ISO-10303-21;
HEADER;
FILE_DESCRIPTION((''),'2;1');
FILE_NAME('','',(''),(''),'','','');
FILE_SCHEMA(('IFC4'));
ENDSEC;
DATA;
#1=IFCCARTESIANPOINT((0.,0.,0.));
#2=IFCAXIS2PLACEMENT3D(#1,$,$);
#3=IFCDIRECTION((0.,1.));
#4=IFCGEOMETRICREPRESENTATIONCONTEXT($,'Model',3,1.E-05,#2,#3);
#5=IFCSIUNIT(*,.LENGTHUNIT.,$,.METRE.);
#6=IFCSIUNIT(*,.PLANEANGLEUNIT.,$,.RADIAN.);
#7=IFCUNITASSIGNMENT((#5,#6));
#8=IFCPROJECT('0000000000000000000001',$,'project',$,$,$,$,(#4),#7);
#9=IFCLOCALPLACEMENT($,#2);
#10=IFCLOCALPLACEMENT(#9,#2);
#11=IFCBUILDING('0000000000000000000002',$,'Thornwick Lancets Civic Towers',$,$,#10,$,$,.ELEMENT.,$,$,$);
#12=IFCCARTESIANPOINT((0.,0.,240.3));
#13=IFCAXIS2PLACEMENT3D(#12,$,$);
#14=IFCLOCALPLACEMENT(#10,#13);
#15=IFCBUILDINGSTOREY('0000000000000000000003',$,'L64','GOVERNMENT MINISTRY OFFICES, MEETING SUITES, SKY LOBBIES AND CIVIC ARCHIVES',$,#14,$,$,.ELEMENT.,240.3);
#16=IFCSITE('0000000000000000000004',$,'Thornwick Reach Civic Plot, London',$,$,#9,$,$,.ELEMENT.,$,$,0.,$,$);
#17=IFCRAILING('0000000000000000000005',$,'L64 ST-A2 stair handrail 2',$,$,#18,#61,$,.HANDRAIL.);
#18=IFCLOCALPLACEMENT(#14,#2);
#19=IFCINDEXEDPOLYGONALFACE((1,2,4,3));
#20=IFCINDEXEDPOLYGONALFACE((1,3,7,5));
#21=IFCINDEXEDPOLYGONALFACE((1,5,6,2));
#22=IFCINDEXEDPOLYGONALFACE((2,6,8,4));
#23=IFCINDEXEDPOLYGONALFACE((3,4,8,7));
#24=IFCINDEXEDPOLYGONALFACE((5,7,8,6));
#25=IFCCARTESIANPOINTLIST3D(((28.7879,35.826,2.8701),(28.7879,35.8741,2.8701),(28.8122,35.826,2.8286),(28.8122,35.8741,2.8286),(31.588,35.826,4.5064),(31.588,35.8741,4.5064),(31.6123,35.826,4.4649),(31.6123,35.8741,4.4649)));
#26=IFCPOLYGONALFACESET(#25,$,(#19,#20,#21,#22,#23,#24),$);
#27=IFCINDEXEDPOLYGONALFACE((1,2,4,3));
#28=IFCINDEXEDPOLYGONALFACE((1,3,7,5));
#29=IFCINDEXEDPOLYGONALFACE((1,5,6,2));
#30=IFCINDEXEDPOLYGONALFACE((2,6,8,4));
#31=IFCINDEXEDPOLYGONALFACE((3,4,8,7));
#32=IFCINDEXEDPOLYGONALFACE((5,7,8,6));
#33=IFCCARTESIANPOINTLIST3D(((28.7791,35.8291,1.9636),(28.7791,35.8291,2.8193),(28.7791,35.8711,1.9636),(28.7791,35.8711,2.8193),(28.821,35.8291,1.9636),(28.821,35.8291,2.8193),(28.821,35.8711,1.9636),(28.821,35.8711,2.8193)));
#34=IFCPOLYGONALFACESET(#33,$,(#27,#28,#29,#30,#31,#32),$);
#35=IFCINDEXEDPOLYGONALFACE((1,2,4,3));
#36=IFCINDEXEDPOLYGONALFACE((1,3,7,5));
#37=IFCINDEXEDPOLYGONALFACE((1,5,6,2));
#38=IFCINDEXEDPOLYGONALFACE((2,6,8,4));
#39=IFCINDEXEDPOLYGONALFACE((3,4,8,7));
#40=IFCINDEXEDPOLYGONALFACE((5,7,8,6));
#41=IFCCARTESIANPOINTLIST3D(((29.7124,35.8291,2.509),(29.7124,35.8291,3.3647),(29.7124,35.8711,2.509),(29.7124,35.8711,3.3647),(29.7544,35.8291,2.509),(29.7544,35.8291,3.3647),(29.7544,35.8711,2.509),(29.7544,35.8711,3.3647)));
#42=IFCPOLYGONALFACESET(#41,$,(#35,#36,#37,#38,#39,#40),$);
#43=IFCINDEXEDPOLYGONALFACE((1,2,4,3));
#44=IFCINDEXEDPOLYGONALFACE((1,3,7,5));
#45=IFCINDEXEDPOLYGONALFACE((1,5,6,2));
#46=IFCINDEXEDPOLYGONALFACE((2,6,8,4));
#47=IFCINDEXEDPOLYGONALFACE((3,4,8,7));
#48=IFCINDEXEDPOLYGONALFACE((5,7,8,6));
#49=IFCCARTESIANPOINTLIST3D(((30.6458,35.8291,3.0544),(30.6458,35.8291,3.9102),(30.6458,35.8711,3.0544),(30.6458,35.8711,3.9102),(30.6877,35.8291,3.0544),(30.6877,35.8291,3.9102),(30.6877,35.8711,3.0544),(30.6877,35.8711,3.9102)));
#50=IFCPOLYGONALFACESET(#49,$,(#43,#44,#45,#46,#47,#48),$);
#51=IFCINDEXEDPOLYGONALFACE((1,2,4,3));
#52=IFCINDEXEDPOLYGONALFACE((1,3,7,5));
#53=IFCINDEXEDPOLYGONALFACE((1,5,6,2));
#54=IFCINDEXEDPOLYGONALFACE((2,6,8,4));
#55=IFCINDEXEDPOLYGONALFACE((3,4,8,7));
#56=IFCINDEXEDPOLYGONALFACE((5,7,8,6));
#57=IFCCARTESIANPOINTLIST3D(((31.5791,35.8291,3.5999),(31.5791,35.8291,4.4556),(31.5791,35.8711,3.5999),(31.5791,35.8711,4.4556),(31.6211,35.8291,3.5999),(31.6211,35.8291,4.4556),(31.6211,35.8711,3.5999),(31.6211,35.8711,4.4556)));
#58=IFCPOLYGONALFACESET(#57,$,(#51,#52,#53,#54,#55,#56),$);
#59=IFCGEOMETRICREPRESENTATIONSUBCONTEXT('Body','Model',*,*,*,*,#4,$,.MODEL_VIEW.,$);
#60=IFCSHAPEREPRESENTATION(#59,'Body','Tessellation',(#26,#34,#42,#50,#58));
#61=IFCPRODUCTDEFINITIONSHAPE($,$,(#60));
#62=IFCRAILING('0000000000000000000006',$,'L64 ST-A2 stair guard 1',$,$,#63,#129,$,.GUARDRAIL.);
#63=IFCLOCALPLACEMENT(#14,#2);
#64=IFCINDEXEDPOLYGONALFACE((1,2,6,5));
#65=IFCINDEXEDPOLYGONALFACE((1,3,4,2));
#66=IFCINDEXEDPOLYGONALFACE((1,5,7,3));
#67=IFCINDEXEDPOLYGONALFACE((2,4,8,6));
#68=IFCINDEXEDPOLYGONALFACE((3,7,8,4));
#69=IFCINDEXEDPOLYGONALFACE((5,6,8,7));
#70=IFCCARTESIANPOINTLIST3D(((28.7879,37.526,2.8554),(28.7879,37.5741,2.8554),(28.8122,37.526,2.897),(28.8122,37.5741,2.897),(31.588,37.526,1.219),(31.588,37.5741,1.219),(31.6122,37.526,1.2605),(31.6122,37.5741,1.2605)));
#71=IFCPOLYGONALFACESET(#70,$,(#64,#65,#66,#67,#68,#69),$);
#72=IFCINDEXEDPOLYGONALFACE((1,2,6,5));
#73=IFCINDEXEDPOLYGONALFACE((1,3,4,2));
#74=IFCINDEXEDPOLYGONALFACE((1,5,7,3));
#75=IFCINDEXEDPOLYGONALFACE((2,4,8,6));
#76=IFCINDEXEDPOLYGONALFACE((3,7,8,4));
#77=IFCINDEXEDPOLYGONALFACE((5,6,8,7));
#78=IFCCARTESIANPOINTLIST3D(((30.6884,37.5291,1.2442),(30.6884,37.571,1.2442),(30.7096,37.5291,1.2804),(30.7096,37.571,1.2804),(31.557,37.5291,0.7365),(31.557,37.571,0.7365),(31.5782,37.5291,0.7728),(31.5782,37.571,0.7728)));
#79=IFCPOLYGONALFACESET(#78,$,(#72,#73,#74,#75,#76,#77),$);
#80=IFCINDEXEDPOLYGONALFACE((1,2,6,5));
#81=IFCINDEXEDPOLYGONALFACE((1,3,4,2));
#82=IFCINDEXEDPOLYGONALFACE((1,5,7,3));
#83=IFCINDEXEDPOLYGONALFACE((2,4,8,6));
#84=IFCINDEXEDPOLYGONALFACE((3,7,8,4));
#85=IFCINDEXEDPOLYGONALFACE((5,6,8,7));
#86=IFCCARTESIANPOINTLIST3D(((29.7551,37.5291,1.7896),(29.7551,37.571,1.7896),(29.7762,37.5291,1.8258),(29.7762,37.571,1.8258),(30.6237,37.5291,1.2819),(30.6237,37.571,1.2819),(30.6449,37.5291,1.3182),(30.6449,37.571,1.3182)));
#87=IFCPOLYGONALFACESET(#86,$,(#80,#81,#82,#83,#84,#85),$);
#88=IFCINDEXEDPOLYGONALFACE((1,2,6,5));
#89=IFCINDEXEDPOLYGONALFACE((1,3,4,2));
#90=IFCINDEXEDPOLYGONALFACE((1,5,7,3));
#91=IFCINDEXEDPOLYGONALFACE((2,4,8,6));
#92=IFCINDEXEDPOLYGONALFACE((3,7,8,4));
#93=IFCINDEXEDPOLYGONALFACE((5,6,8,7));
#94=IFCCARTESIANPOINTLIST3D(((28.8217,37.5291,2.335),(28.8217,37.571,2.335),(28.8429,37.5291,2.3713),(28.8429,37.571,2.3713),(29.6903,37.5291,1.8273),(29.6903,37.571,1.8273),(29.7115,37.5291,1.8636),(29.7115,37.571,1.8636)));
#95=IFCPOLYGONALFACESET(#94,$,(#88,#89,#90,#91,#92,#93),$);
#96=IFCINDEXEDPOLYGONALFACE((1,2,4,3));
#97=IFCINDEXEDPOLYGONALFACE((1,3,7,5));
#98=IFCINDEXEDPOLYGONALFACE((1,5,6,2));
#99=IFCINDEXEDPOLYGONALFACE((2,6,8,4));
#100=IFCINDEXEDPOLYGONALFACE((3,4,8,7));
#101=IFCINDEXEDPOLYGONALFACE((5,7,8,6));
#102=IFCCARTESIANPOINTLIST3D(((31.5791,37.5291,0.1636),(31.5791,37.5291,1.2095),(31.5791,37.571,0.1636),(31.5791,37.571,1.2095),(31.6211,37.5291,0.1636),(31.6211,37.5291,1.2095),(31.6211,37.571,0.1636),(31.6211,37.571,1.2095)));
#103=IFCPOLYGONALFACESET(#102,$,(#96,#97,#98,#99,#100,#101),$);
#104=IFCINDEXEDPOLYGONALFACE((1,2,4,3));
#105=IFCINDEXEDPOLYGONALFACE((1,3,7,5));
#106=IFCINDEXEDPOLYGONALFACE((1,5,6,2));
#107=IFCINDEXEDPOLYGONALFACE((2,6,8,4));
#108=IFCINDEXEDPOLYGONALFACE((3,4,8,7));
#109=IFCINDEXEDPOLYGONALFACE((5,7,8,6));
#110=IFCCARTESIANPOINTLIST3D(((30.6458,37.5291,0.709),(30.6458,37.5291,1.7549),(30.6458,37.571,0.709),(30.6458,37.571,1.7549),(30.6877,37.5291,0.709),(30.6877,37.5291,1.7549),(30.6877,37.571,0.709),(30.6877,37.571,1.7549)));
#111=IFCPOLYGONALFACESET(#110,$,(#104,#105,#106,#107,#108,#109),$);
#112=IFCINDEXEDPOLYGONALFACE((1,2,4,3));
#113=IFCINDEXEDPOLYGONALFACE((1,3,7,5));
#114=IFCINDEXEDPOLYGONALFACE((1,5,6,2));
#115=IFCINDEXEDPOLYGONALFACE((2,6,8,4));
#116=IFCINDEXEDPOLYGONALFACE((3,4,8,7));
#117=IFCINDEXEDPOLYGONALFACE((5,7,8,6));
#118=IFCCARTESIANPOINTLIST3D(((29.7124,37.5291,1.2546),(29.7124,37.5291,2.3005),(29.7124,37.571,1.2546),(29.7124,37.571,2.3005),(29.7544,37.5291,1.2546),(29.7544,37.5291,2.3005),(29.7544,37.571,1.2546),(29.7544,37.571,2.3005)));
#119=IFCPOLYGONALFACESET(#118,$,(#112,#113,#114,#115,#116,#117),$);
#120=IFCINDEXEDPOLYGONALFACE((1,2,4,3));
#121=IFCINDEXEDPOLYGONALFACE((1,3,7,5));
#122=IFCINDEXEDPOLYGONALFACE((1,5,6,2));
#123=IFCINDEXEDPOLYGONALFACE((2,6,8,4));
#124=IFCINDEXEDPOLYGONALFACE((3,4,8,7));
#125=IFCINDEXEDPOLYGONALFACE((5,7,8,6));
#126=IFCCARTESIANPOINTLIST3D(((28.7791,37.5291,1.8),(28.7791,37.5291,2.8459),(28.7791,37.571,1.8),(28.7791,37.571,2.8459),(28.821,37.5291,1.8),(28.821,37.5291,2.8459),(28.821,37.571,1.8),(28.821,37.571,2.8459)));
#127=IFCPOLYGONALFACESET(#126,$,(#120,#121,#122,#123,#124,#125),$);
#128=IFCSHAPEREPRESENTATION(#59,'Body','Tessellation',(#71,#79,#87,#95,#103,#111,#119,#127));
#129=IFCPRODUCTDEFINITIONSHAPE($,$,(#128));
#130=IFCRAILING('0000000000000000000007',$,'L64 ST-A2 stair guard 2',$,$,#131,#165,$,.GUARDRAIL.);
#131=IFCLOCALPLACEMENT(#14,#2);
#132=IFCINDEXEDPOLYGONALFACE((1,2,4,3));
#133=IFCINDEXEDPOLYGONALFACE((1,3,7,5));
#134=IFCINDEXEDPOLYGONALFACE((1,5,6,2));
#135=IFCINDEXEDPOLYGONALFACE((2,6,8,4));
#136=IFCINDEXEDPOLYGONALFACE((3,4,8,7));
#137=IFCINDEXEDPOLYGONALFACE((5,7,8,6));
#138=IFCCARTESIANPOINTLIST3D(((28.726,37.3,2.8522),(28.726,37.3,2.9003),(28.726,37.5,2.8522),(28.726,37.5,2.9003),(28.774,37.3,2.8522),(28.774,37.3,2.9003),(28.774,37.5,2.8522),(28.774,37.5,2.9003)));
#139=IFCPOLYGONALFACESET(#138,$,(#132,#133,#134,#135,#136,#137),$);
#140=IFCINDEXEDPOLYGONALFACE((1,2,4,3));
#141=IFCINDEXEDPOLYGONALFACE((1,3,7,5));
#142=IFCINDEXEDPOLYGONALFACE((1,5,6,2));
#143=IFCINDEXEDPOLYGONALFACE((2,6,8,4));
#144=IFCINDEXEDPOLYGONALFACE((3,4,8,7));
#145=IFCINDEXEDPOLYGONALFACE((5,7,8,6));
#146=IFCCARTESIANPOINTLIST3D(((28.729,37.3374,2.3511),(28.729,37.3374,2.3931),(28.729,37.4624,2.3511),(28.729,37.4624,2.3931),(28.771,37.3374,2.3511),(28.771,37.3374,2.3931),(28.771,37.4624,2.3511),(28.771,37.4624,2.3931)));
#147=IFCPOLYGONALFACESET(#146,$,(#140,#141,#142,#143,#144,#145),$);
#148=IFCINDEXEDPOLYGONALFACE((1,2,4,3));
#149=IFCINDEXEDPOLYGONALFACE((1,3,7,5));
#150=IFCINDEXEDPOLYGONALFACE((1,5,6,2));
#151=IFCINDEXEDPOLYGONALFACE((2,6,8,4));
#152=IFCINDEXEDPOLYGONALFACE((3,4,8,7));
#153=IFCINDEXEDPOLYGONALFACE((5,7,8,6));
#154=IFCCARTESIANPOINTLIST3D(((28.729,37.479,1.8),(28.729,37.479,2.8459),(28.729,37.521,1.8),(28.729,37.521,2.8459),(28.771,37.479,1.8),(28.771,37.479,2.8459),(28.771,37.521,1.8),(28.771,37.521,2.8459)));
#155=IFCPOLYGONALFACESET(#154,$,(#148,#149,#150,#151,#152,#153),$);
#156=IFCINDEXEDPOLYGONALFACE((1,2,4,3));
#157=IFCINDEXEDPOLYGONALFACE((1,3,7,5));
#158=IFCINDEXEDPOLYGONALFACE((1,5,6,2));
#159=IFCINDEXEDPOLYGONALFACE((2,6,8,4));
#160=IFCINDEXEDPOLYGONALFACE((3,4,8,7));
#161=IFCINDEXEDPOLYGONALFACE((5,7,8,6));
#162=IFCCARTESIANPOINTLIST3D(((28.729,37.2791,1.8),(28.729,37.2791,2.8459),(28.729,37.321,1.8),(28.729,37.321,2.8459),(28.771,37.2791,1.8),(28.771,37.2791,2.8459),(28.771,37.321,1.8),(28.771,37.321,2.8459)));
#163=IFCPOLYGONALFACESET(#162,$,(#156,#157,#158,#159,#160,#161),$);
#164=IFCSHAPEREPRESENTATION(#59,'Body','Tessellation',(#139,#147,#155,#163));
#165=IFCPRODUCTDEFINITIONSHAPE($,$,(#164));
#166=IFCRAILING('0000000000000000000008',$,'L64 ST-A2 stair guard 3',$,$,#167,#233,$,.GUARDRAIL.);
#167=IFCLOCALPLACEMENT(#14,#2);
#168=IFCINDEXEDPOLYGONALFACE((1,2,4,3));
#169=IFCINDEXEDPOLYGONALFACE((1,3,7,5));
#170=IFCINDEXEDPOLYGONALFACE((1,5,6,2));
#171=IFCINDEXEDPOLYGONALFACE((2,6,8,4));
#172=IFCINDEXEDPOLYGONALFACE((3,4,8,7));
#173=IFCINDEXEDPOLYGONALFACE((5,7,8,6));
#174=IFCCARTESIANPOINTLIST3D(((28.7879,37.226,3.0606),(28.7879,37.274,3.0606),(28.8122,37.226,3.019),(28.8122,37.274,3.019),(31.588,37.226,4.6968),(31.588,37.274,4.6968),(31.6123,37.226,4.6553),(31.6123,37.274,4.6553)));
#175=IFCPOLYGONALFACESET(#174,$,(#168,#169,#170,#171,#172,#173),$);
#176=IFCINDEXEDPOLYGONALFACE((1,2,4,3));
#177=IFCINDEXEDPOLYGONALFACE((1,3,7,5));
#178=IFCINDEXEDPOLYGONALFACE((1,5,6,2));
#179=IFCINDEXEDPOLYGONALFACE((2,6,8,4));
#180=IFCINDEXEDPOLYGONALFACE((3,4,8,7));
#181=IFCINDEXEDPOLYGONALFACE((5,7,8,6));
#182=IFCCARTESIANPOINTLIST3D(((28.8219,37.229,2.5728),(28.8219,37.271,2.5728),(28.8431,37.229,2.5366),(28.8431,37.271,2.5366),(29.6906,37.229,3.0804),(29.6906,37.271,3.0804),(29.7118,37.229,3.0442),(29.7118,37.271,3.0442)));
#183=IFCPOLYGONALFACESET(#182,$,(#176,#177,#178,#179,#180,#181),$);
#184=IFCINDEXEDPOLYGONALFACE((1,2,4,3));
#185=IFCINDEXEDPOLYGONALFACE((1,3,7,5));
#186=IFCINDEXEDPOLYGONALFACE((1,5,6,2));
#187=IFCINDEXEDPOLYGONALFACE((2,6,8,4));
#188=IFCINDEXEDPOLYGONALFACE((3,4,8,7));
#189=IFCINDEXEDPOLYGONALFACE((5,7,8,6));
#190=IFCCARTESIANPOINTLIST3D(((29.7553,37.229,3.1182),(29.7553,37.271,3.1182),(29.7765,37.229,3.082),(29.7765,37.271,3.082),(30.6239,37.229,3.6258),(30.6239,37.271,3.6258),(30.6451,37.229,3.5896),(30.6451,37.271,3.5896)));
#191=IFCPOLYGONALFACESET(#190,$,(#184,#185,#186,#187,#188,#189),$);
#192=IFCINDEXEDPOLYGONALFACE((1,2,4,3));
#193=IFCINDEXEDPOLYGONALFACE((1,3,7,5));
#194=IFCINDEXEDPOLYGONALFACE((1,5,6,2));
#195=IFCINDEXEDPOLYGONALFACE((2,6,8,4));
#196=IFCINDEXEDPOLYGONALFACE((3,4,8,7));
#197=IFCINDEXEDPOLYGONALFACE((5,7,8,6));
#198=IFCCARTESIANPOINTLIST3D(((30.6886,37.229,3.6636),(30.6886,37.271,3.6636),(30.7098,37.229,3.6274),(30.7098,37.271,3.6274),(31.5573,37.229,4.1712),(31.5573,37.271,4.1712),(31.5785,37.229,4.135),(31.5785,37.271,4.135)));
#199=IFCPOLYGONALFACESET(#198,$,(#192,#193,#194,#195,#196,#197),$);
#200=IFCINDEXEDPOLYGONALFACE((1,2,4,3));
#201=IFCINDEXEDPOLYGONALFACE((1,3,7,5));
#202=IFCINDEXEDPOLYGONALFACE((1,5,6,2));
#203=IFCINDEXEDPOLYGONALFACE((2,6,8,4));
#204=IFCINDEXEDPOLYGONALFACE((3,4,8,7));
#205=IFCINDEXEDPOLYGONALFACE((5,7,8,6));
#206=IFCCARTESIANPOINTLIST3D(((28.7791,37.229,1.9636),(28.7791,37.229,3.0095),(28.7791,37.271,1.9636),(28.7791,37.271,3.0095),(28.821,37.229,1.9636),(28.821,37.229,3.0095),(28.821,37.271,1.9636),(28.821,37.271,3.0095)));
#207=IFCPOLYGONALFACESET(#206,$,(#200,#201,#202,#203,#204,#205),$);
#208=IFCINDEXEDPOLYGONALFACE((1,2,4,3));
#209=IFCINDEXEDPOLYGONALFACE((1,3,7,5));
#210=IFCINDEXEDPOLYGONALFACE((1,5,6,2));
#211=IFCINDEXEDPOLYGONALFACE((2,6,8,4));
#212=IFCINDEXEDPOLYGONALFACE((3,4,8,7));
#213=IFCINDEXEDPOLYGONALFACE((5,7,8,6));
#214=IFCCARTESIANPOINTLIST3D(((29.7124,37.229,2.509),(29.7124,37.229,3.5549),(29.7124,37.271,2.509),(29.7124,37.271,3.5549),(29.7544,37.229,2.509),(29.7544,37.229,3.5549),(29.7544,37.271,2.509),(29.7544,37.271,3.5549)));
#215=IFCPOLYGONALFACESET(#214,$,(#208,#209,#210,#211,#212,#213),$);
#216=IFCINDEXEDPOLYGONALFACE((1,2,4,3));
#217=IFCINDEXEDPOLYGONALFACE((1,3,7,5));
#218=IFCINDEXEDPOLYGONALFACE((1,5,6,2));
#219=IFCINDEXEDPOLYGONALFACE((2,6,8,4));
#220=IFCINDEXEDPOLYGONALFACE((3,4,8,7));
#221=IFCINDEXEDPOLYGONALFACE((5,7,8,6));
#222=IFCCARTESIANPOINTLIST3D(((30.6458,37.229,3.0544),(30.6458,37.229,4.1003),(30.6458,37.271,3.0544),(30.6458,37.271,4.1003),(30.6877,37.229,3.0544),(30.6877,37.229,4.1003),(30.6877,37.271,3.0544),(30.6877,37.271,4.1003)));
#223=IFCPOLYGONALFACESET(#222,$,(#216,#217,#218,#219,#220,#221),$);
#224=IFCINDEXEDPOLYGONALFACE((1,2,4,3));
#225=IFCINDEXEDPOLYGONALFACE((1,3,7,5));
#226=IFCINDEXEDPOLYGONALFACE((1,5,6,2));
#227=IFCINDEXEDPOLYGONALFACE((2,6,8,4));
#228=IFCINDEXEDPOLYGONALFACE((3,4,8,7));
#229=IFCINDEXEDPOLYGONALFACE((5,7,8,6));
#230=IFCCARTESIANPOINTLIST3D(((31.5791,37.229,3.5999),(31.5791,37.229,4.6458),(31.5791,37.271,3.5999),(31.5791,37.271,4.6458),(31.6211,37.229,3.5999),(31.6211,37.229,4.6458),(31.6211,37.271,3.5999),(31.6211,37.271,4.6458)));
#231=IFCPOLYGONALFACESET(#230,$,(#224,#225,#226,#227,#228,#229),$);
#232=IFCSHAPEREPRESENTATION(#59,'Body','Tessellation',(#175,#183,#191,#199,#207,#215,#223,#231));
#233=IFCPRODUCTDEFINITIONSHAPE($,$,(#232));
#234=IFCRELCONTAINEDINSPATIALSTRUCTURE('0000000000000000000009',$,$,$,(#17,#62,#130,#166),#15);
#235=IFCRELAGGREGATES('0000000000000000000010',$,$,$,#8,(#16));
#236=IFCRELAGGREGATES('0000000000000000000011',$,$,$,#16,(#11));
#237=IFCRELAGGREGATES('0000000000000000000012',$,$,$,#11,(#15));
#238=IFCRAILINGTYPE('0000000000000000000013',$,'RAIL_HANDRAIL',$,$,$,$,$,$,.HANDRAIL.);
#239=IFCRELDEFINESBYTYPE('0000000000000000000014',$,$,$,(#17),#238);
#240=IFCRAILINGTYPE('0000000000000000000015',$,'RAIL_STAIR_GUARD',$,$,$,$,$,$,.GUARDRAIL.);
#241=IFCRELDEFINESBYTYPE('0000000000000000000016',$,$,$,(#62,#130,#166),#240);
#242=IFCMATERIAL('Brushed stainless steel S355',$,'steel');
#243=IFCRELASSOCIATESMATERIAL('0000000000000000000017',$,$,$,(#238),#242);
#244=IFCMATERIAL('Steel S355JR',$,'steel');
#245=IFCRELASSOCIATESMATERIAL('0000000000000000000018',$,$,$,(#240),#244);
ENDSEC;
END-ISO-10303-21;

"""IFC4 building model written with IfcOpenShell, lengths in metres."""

from ifc_helpers import new_model, si_unit, direction, frame, origin, origin_2d, place, context, subcontext, project, spatial, rectangle, extrude, material, type_object, element, save


model = new_model("IFC4")

# Units and contexts
model_context = context("Model", 3, precision=1e-05, world=origin(), true_north=direction((0.0, 1.0)))
body_context = subcontext(model_context, "Body", "Model", "MODEL_VIEW")
ifc_project = project(units=[si_unit("LENGTHUNIT", "METRE"), si_unit("PLANEANGLEUNIT", "RADIAN")], contexts=[model_context])

# Site, building, storey
site_placement = place(None, origin())
site = spatial("IfcSite", under=ifc_project, at=site_placement, Name="Thornwick Reach Civic Plot, London", CompositionType="ELEMENT", RefElevation=0.0)
building_placement = place(site_placement, origin())
building = spatial("IfcBuilding", under=site, at=building_placement, Name="Thornwick Lancets Civic Towers", CompositionType="ELEMENT")
storey_placement = place(building_placement, frame((0.0, 0.0, 240.3)))
storey = spatial("IfcBuildingStorey", under=building, at=storey_placement, Name="L64", Description="GOVERNMENT MINISTRY OFFICES, MEETING SUITES, SKY LOBBIES AND CIVIC ARCHIVES", CompositionType="ELEMENT", Elevation=240.3)

# Shared definitions
ifc_material_1 = material(Name="Steel S355JR", Category="steel")

# Railings
ifc_material_2 = material(Name="Brushed stainless steel S355", Category="steel")
railing_type_1 = type_object("IfcRailingType", Name="RAIL_HANDRAIL", PredefinedType="HANDRAIL", material=ifc_material_2)
railing_1_placement = place(storey_placement, frame((28.8, 35.8501, 1.9636)))
element("IfcRailing", 1, at=railing_1_placement, inside=storey, type_object=railing_type_1, Name="L64 ST-A2 stair handrail 2", PredefinedType="HANDRAIL", context=body_context, shape_type="SweptSolid", body=[
    extrude(rectangle(XDim=0.0481, YDim=0.0481, at=origin_2d()), frame((0.0, 0.0, 0.8857), z_axis=(0.863394, 0.0, 0.504531), x_axis=(0.0, 1.0, 0.0)), (0.0, 0.0, 1.0), 3.2432),
    extrude(rectangle(XDim=0.042, YDim=0.042, at=origin_2d()), origin(), (0.0, 0.0, 1.0), 0.8557),
    extrude(rectangle(XDim=0.042, YDim=0.042, at=origin_2d()), frame((0.9333, 0.0, 0.5454)), (0.0, 0.0, 1.0), 0.8557),
    extrude(rectangle(XDim=0.042, YDim=0.042, at=origin_2d()), frame((1.8667, 0.0, 1.0908)), (0.0, 0.0, 1.0), 0.8557),
    extrude(rectangle(XDim=0.042, YDim=0.042, at=origin_2d()), frame((2.8, 0.0, 1.6362)), (0.0, 0.0, 1.0), 0.8557),
])
railing_type_2 = type_object("IfcRailingType", Name="RAIL_STAIR_GUARD", PredefinedType="GUARDRAIL", material=ifc_material_1)
railing_2_placement = place(storey_placement, frame((31.6001, 37.55, 0.1636)))
element("IfcRailing", 2, at=railing_2_placement, inside=storey, type_object=railing_type_2, Name="L64 ST-A2 stair guard 1", PredefinedType="GUARDRAIL", context=body_context, shape_type="SweptSolid", body=[
    extrude(rectangle(XDim=0.0481, YDim=0.0481, at=origin_2d()), frame((0.0, 0.0, 1.0762), z_axis=(-0.863361, 0.0, 0.504587), x_axis=(0.0, -1.0, 0.0)), (0.0, 0.0, 1.0), 3.2432),
    extrude(rectangle(XDim=0.042, YDim=0.042, at=origin_2d()), frame((-0.0325, 0.0, 0.5911), z_axis=(-0.863361, 0.0, 0.504587), x_axis=(0.0, -1.0, 0.0)), (0.0, 0.0, 1.0), 1.0061),
    extrude(rectangle(XDim=0.042, YDim=0.042, at=origin_2d()), frame((-0.9658, 0.0, 1.1365), z_axis=(-0.863361, 0.0, 0.504587), x_axis=(0.0, -1.0, 0.0)), (0.0, 0.0, 1.0), 1.0061),
    extrude(rectangle(XDim=0.042, YDim=0.042, at=origin_2d()), frame((-1.8992, 0.0, 1.6819), z_axis=(-0.863361, 0.0, 0.504587), x_axis=(0.0, -1.0, 0.0)), (0.0, 0.0, 1.0), 1.0061),
    extrude(rectangle(XDim=0.042, YDim=0.042, at=origin_2d()), origin(), (0.0, 0.0, 1.0), 1.0459),
    extrude(rectangle(XDim=0.042, YDim=0.042, at=origin_2d()), frame((-0.9333, 0.0, 0.5454)), (0.0, 0.0, 1.0), 1.0459),
    extrude(rectangle(XDim=0.042, YDim=0.042, at=origin_2d()), frame((-1.8667, 0.0, 1.0911)), (0.0, 0.0, 1.0), 1.0459),
    extrude(rectangle(XDim=0.042, YDim=0.042, at=origin_2d()), frame((-2.8, 0.0, 1.6365)), (0.0, 0.0, 1.0), 1.0459),
])
railing_3_placement = place(storey_placement, frame((28.75, 37.5, 1.8)))
element("IfcRailing", 3, at=railing_3_placement, inside=storey, type_object=railing_type_2, Name="L64 ST-A2 stair guard 2", PredefinedType="GUARDRAIL", context=body_context, shape_type="SweptSolid", body=[
    extrude(rectangle(XDim=0.0481, YDim=0.0481, at=origin_2d()), frame((0.0, 0.0, 1.0762), z_axis=(0.0, -1.0, 0.0), x_axis=(1.0, 0.0, 0.0)), (0.0, 0.0, 1.0), 0.2),
    extrude(rectangle(XDim=0.042, YDim=0.042, at=origin_2d()), frame((0.0, -0.0376, 0.572), z_axis=(0.0, -1.0, 0.0), x_axis=(1.0, 0.0, 0.0)), (0.0, 0.0, 1.0), 0.125),
    extrude(rectangle(XDim=0.042, YDim=0.042, at=origin_2d()), origin(), (0.0, 0.0, 1.0), 1.0459),
    extrude(rectangle(XDim=0.042, YDim=0.042, at=origin_2d()), frame((0.0, -0.2, 0.0)), (0.0, 0.0, 1.0), 1.0459),
])
railing_4_placement = place(storey_placement, frame((28.8, 37.25, 1.9636)))
element("IfcRailing", 4, at=railing_4_placement, inside=storey, type_object=railing_type_2, Name="L64 ST-A2 stair guard 3", PredefinedType="GUARDRAIL", context=body_context, shape_type="SweptSolid", body=[
    extrude(rectangle(XDim=0.0481, YDim=0.0481, at=origin_2d()), frame((0.0, 0.0, 1.0762), z_axis=(0.863394, 0.0, 0.504531), x_axis=(0.0, 1.0, 0.0)), (0.0, 0.0, 1.0), 3.2432),
    extrude(rectangle(XDim=0.042, YDim=0.042, at=origin_2d()), frame((0.0325, 0.0, 0.5911), z_axis=(0.863394, 0.0, 0.504531), x_axis=(0.0, 1.0, 0.0)), (0.0, 0.0, 1.0), 1.0061),
    extrude(rectangle(XDim=0.042, YDim=0.042, at=origin_2d()), frame((0.9658, 0.0, 1.1365), z_axis=(0.863394, 0.0, 0.504531), x_axis=(0.0, 1.0, 0.0)), (0.0, 0.0, 1.0), 1.0061),
    extrude(rectangle(XDim=0.042, YDim=0.042, at=origin_2d()), frame((1.8992, 0.0, 1.6819), z_axis=(0.863394, 0.0, 0.504531), x_axis=(0.0, 1.0, 0.0)), (0.0, 0.0, 1.0), 1.0061),
    extrude(rectangle(XDim=0.042, YDim=0.042, at=origin_2d()), origin(), (0.0, 0.0, 1.0), 1.0459),
    extrude(rectangle(XDim=0.042, YDim=0.042, at=origin_2d()), frame((0.9333, 0.0, 0.5454)), (0.0, 0.0, 1.0), 1.0459),
    extrude(rectangle(XDim=0.042, YDim=0.042, at=origin_2d()), frame((1.8667, 0.0, 1.0908)), (0.0, 0.0, 1.0), 1.0459),
    extrude(rectangle(XDim=0.042, YDim=0.042, at=origin_2d()), frame((2.8, 0.0, 1.6362)), (0.0, 0.0, 1.0), 1.0459),
])

save(model, "model.ifc")
